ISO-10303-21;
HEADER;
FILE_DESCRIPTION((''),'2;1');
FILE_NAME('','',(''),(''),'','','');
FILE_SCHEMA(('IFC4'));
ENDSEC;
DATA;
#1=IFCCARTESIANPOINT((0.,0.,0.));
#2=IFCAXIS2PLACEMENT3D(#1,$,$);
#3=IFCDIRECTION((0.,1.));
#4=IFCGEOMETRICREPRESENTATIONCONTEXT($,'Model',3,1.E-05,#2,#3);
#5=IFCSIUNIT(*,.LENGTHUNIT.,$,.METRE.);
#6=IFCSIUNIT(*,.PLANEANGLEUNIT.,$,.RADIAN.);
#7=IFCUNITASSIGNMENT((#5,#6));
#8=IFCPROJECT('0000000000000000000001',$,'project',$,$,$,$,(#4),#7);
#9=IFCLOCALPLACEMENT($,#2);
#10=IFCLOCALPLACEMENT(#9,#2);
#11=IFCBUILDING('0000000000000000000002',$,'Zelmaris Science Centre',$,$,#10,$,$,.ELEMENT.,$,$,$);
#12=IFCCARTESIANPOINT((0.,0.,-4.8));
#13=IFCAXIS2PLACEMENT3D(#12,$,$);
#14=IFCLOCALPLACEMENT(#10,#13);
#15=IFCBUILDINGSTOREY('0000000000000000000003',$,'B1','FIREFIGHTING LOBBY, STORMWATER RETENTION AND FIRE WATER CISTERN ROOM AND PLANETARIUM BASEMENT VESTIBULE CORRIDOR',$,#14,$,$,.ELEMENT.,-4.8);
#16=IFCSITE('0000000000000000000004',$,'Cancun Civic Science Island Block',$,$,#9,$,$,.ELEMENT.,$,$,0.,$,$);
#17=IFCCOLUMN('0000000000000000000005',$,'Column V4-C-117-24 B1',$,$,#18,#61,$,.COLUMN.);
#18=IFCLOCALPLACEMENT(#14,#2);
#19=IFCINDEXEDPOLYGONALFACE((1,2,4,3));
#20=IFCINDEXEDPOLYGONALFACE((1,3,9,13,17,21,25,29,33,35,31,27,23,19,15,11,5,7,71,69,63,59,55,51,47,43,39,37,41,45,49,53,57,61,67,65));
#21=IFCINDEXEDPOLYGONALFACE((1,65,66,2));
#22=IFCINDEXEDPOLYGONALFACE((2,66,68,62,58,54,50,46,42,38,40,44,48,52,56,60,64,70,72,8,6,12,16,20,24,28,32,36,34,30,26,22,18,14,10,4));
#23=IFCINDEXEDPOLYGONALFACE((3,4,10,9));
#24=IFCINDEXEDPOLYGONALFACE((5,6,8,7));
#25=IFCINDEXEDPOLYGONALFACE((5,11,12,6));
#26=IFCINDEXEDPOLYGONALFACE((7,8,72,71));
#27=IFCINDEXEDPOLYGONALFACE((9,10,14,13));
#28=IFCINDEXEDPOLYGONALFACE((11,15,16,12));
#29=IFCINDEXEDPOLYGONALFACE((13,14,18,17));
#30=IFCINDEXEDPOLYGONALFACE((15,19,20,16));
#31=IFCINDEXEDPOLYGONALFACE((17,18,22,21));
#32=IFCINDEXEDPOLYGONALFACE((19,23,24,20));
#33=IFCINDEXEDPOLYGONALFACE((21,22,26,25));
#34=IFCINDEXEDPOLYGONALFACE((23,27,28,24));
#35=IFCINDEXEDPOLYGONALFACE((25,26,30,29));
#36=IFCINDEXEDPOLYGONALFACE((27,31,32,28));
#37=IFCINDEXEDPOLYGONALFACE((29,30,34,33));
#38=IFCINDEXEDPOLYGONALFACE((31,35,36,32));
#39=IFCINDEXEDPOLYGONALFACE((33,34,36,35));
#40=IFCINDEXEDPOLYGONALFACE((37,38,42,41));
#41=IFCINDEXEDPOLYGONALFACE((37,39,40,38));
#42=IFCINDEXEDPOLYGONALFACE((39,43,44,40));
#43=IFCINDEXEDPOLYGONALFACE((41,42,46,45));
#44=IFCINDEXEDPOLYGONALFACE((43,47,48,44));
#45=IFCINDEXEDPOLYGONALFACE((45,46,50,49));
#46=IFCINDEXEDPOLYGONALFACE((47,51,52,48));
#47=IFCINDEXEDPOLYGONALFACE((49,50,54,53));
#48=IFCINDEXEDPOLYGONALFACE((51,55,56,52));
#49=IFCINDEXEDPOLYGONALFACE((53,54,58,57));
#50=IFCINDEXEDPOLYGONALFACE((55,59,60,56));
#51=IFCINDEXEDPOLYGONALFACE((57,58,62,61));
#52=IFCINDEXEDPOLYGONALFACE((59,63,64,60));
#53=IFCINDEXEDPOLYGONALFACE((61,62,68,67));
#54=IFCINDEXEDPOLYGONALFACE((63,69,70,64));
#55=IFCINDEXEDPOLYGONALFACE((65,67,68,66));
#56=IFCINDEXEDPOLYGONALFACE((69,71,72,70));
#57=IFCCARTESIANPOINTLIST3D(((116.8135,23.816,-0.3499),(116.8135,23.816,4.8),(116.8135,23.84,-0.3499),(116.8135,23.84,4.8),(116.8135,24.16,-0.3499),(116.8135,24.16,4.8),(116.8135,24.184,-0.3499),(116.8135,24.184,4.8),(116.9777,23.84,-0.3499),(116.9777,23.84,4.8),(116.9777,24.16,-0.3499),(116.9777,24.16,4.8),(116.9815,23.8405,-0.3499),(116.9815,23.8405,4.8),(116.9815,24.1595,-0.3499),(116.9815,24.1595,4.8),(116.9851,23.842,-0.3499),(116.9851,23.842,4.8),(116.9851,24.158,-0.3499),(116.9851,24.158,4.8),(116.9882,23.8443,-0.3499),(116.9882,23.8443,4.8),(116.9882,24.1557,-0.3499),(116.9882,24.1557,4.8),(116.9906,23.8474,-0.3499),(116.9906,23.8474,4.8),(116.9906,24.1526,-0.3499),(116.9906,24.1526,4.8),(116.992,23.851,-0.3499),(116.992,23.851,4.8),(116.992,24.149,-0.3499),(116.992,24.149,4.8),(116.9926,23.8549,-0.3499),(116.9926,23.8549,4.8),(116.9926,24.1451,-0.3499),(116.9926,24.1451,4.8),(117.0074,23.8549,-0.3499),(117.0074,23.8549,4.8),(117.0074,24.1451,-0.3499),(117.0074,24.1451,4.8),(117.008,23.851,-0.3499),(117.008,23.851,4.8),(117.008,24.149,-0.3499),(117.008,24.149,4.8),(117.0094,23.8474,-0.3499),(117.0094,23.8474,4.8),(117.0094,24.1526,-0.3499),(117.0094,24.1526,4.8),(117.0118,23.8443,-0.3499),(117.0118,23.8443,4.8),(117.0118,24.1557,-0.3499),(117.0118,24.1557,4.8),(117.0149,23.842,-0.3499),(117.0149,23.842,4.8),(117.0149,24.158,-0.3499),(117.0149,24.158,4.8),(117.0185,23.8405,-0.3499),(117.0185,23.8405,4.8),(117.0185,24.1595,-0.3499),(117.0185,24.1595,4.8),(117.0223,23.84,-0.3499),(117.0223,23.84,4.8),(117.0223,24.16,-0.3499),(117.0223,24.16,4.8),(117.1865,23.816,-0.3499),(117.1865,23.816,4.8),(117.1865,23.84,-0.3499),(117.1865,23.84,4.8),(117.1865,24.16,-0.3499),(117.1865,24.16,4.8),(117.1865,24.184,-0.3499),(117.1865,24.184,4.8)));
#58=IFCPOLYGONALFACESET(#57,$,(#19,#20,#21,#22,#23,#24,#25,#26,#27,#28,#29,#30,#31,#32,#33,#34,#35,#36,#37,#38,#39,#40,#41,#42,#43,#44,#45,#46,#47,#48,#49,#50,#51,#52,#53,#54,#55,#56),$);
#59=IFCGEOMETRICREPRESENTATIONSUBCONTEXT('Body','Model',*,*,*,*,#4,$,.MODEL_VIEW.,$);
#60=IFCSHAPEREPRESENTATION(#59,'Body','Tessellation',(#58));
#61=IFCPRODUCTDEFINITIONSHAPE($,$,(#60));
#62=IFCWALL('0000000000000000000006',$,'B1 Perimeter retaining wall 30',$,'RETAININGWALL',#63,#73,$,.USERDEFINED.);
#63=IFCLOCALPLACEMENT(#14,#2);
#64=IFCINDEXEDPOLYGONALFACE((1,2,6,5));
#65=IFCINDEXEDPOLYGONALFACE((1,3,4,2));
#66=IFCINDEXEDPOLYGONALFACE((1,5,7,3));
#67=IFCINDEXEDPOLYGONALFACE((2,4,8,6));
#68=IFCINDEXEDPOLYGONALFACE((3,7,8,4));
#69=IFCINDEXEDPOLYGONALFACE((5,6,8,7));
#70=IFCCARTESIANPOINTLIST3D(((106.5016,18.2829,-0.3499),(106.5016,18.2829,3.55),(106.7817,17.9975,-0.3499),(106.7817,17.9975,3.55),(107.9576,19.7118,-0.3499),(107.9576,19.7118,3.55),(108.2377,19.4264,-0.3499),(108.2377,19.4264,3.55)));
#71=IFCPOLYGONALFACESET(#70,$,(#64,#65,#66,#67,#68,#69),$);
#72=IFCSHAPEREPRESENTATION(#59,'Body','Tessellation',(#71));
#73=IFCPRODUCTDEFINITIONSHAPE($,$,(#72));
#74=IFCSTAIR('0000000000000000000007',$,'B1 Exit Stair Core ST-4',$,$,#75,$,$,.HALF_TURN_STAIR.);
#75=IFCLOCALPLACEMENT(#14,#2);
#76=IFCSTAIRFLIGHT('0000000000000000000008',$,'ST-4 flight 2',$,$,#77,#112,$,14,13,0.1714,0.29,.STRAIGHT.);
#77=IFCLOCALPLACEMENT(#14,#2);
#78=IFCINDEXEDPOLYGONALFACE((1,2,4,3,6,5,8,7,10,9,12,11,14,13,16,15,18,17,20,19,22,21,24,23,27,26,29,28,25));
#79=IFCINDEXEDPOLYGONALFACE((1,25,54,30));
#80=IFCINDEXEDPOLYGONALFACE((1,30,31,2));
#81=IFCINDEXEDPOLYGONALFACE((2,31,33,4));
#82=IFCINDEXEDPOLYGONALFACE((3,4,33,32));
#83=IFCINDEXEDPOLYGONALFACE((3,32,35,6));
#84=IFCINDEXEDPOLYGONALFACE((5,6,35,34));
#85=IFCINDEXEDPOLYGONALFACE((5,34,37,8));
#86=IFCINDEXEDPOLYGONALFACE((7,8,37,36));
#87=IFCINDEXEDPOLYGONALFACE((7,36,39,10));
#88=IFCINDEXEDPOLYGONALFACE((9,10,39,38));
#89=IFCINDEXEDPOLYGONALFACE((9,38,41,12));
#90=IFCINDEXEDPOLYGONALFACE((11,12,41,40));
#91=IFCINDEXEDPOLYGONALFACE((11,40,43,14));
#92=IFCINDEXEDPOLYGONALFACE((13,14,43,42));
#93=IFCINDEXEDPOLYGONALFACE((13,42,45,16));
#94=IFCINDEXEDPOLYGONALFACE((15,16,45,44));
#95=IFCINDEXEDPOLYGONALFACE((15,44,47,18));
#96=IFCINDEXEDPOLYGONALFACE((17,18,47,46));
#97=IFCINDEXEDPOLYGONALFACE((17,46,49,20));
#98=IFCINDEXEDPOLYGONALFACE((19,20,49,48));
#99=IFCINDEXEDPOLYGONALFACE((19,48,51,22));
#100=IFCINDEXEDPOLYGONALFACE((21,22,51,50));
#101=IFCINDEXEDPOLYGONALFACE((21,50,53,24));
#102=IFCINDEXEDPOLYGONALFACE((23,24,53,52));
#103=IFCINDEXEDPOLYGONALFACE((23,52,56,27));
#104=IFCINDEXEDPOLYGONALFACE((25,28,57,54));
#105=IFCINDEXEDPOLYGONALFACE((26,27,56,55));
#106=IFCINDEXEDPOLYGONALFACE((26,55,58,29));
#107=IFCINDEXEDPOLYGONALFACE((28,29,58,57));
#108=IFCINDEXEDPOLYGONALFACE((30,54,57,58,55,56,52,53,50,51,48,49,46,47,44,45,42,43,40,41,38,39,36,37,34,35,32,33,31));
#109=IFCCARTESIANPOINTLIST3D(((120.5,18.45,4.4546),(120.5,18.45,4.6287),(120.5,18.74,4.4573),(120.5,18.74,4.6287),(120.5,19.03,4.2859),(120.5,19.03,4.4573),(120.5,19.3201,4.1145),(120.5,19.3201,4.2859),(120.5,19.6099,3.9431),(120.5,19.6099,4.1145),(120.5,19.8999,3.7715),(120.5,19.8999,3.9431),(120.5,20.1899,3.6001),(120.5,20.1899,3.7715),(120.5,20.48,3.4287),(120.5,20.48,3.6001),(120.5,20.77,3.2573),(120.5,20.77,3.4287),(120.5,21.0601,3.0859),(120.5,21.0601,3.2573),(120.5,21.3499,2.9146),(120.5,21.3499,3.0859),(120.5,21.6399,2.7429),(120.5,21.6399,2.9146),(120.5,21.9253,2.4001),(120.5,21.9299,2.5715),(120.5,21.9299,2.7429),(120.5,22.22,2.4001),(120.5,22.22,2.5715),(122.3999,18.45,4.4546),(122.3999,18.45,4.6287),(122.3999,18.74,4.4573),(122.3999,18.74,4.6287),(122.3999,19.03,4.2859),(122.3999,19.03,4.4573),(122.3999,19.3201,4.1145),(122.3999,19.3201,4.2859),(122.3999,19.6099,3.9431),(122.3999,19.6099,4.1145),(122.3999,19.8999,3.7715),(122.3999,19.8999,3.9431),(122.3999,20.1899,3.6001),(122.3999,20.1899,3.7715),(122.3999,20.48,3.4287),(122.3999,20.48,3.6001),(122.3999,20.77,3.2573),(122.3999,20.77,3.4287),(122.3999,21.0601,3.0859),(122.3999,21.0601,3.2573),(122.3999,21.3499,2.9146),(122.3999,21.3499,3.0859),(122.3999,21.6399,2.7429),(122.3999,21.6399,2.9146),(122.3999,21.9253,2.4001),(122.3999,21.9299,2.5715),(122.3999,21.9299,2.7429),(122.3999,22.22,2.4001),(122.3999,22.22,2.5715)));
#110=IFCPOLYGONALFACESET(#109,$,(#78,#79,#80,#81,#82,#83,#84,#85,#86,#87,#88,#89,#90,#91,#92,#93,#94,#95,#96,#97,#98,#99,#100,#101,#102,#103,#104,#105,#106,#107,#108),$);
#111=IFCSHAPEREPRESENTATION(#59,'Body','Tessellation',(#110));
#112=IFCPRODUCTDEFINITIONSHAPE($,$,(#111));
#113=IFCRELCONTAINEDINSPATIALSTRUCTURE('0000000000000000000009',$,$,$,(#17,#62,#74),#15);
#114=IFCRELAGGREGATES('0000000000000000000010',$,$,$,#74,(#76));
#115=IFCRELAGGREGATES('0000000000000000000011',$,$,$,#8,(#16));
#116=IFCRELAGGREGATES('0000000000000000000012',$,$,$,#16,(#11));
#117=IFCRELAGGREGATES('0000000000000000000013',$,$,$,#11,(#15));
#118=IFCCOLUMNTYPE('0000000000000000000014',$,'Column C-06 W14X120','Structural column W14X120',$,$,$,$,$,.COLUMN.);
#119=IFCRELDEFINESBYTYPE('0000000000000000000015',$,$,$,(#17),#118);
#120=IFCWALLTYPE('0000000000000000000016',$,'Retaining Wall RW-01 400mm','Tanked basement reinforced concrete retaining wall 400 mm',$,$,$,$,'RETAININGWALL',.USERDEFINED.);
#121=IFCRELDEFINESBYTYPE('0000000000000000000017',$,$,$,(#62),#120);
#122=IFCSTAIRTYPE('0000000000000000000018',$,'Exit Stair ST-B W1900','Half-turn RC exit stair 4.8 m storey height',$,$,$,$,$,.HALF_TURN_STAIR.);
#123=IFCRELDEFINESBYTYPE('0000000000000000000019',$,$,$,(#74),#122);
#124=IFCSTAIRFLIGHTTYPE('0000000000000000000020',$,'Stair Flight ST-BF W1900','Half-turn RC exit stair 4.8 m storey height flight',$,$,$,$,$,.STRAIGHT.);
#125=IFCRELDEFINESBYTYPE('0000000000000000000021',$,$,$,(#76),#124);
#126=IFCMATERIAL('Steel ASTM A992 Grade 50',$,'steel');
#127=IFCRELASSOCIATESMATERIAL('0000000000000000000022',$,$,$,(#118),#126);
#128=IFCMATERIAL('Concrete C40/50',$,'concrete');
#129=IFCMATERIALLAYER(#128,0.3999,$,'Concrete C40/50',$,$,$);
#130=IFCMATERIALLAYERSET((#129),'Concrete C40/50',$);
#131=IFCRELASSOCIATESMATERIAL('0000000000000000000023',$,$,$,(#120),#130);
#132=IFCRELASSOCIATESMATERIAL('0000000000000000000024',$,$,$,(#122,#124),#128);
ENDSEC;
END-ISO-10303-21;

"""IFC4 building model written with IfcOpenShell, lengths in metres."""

from ifc_helpers import new_model, si_unit, direction, frame, frame_2d, origin, origin_2d, place, context, subcontext, project, spatial, polyline, rectangle, i_section, outline, extrude, material, layer, layer_set, material_profile, profile_set, type_object, element, aggregate, save


model = new_model("IFC4")

# Units and contexts
model_context = context("Model", 3, precision=1e-05, world=origin(), true_north=direction((0.0, 1.0)))
body_context = subcontext(model_context, "Body", "Model", "MODEL_VIEW")
ifc_project = project(units=[si_unit("LENGTHUNIT", "METRE"), si_unit("PLANEANGLEUNIT", "RADIAN")], contexts=[model_context])

# Site, building, storey
site_placement = place(None, origin())
site = spatial("IfcSite", under=ifc_project, at=site_placement, Name="Cancun Civic Science Island Block", CompositionType="ELEMENT", RefElevation=0.0)
building_placement = place(site_placement, origin())
building = spatial("IfcBuilding", under=site, at=building_placement, Name="Zelmaris Science Centre", CompositionType="ELEMENT")
storey_placement = place(building_placement, frame((0.0, 0.0, -4.8)))
storey = spatial("IfcBuildingStorey", under=building, at=storey_placement, Name="B1", Description="FIREFIGHTING LOBBY, STORMWATER RETENTION AND FIRE WATER CISTERN ROOM AND PLANETARIUM BASEMENT VESTIBULE CORRIDOR", CompositionType="ELEMENT", Elevation=-4.8)

# Shared definitions
ifc_material_1 = material(Name="Concrete C40/50", Category="concrete")

# Column
ifc_material_2 = material(Name="Steel ASTM A992 Grade 50", Category="steel")
ifc_material_profile_1 = material_profile(ifc_material_2, i_section(OverallWidth=0.373, OverallDepth=0.3679, WebThickness=0.0149, FlangeThickness=0.0239, FilletRadius=0.0149, at=origin_2d()), Name="W14X120")
ifc_profile_set_1 = profile_set([ifc_material_profile_1], Name="Steel ASTM A992 Grade 50")
column_type_1 = type_object("IfcColumnType", Name="Column C-06 W14X120", Description="Structural column W14X120", PredefinedType="COLUMN", material=ifc_profile_set_1)
for number, where, z_axis, x_axis, name in (
    (1, (117.0, 24.0, -0.3499), (0.0, 0.0, 1.0), (1.0, 0.0, 0.0), "Column V4-C-117-24 B1"),
):
    element("IfcColumn", number, at=place(storey_placement, frame(where, z_axis=z_axis, x_axis=x_axis)), inside=storey, type_object=column_type_1, Name=name, PredefinedType="COLUMN", context=body_context, shape_type="SweptSolid", body=[
        extrude(i_section(OverallWidth=0.373, OverallDepth=0.3679, WebThickness=0.0149, FlangeThickness=0.0239, FilletRadius=0.0149, at=origin_2d()), origin(), (0.0, 0.0, 1.0), 5.1499),
    ])

# Wall
ifc_layer = layer(ifc_material_1, 0.3999, Name="Concrete C40/50")
ifc_layer_set = layer_set([ifc_layer], Name="Concrete C40/50")
wall_type = type_object("IfcWallType", Name="Retaining Wall RW-01 400mm", Description="Tanked basement reinforced concrete retaining wall 400 mm", ElementType="RETAININGWALL", PredefinedType="USERDEFINED", material=ifc_layer_set)
wall_placement = place(storey_placement, frame((108.0977, 19.5691, -0.3499), z_axis=(0.0, 0.0, 1.0), x_axis=(-0.713717, -0.700434, 0.0)))
element("IfcWall", 2, at=wall_placement, inside=storey, type_object=wall_type, Name="B1 Perimeter retaining wall 30", ObjectType="RETAININGWALL", PredefinedType="USERDEFINED", context=body_context, shape_type="SweptSolid", body=[
    extrude(rectangle(XDim=2.04, YDim=0.3999, at=frame_2d((1.02, 0.0))), origin(), (0.0, 0.0, 1.0), 3.8999),
])

# Stair, stair flight
stair_type = type_object("IfcStairType", Name="Exit Stair ST-B W1900", Description="Half-turn RC exit stair 4.8 m storey height", PredefinedType="HALF_TURN_STAIR", material=ifc_material_1)
stair_placement = place(storey_placement, origin())
stair = element("IfcStair", 3, at=stair_placement, inside=storey, type_object=stair_type, Name="B1 Exit Stair Core ST-4", PredefinedType="HALF_TURN_STAIR")
stair_flight_type = type_object("IfcStairFlightType", Name="Stair Flight ST-BF W1900", Description="Half-turn RC exit stair 4.8 m storey height flight", PredefinedType="STRAIGHT", material=ifc_material_1)
stair_flight_placement = place(storey_placement, frame((121.45, 22.22, 2.4001), z_axis=(0.0, 0.0, 1.0), x_axis=(0.0, -1.0, 0.0)))
stair_flight = element("IfcStairFlight", 4, at=stair_flight_placement, type_object=stair_flight_type, Name="ST-4 flight 2", NumberOfRisers=14, NumberOfTreads=13, PredefinedType="STRAIGHT", RiserHeight=0.1714, TreadLength=0.29, context=body_context, shape_type="SweptSolid", body=[
    extrude(outline(polyline([(0.0, 0.0), (0.0, 0.1714), (0.29, 0.1714), (0.29, 0.3428), (0.5801, 0.3428), (0.5801, 0.5144), (0.8701, 0.5144), (0.8701, 0.6858), (1.1599, 0.6858), (1.1599, 0.8572), (1.45, 0.8572), (1.45, 1.0286), (1.74, 1.0286), (1.74, 1.2), (2.03, 1.2), (2.03, 1.3713), (2.3201, 1.3713), (2.3201, 1.543), (2.6101, 1.543), (2.6101, 1.7144), (2.8999, 1.7144), (2.8999, 1.8857), (3.1899, 1.8857), (3.1899, 2.0571), (3.48, 2.0571), (3.48, 2.2285), (3.77, 2.2285), (3.77, 2.3999), (3.77, 2.0544), (0.2947, 0.0), (0.0, 0.0)])), frame((0.0, 0.95, 0.0), z_axis=(0.0, -1.0, 0.0), x_axis=(1.0, 0.0, 0.0)), (0.0, 0.0, 1.0), 1.8999),
])
aggregate(stair, [stair_flight])

save(model, "model.ifc")
